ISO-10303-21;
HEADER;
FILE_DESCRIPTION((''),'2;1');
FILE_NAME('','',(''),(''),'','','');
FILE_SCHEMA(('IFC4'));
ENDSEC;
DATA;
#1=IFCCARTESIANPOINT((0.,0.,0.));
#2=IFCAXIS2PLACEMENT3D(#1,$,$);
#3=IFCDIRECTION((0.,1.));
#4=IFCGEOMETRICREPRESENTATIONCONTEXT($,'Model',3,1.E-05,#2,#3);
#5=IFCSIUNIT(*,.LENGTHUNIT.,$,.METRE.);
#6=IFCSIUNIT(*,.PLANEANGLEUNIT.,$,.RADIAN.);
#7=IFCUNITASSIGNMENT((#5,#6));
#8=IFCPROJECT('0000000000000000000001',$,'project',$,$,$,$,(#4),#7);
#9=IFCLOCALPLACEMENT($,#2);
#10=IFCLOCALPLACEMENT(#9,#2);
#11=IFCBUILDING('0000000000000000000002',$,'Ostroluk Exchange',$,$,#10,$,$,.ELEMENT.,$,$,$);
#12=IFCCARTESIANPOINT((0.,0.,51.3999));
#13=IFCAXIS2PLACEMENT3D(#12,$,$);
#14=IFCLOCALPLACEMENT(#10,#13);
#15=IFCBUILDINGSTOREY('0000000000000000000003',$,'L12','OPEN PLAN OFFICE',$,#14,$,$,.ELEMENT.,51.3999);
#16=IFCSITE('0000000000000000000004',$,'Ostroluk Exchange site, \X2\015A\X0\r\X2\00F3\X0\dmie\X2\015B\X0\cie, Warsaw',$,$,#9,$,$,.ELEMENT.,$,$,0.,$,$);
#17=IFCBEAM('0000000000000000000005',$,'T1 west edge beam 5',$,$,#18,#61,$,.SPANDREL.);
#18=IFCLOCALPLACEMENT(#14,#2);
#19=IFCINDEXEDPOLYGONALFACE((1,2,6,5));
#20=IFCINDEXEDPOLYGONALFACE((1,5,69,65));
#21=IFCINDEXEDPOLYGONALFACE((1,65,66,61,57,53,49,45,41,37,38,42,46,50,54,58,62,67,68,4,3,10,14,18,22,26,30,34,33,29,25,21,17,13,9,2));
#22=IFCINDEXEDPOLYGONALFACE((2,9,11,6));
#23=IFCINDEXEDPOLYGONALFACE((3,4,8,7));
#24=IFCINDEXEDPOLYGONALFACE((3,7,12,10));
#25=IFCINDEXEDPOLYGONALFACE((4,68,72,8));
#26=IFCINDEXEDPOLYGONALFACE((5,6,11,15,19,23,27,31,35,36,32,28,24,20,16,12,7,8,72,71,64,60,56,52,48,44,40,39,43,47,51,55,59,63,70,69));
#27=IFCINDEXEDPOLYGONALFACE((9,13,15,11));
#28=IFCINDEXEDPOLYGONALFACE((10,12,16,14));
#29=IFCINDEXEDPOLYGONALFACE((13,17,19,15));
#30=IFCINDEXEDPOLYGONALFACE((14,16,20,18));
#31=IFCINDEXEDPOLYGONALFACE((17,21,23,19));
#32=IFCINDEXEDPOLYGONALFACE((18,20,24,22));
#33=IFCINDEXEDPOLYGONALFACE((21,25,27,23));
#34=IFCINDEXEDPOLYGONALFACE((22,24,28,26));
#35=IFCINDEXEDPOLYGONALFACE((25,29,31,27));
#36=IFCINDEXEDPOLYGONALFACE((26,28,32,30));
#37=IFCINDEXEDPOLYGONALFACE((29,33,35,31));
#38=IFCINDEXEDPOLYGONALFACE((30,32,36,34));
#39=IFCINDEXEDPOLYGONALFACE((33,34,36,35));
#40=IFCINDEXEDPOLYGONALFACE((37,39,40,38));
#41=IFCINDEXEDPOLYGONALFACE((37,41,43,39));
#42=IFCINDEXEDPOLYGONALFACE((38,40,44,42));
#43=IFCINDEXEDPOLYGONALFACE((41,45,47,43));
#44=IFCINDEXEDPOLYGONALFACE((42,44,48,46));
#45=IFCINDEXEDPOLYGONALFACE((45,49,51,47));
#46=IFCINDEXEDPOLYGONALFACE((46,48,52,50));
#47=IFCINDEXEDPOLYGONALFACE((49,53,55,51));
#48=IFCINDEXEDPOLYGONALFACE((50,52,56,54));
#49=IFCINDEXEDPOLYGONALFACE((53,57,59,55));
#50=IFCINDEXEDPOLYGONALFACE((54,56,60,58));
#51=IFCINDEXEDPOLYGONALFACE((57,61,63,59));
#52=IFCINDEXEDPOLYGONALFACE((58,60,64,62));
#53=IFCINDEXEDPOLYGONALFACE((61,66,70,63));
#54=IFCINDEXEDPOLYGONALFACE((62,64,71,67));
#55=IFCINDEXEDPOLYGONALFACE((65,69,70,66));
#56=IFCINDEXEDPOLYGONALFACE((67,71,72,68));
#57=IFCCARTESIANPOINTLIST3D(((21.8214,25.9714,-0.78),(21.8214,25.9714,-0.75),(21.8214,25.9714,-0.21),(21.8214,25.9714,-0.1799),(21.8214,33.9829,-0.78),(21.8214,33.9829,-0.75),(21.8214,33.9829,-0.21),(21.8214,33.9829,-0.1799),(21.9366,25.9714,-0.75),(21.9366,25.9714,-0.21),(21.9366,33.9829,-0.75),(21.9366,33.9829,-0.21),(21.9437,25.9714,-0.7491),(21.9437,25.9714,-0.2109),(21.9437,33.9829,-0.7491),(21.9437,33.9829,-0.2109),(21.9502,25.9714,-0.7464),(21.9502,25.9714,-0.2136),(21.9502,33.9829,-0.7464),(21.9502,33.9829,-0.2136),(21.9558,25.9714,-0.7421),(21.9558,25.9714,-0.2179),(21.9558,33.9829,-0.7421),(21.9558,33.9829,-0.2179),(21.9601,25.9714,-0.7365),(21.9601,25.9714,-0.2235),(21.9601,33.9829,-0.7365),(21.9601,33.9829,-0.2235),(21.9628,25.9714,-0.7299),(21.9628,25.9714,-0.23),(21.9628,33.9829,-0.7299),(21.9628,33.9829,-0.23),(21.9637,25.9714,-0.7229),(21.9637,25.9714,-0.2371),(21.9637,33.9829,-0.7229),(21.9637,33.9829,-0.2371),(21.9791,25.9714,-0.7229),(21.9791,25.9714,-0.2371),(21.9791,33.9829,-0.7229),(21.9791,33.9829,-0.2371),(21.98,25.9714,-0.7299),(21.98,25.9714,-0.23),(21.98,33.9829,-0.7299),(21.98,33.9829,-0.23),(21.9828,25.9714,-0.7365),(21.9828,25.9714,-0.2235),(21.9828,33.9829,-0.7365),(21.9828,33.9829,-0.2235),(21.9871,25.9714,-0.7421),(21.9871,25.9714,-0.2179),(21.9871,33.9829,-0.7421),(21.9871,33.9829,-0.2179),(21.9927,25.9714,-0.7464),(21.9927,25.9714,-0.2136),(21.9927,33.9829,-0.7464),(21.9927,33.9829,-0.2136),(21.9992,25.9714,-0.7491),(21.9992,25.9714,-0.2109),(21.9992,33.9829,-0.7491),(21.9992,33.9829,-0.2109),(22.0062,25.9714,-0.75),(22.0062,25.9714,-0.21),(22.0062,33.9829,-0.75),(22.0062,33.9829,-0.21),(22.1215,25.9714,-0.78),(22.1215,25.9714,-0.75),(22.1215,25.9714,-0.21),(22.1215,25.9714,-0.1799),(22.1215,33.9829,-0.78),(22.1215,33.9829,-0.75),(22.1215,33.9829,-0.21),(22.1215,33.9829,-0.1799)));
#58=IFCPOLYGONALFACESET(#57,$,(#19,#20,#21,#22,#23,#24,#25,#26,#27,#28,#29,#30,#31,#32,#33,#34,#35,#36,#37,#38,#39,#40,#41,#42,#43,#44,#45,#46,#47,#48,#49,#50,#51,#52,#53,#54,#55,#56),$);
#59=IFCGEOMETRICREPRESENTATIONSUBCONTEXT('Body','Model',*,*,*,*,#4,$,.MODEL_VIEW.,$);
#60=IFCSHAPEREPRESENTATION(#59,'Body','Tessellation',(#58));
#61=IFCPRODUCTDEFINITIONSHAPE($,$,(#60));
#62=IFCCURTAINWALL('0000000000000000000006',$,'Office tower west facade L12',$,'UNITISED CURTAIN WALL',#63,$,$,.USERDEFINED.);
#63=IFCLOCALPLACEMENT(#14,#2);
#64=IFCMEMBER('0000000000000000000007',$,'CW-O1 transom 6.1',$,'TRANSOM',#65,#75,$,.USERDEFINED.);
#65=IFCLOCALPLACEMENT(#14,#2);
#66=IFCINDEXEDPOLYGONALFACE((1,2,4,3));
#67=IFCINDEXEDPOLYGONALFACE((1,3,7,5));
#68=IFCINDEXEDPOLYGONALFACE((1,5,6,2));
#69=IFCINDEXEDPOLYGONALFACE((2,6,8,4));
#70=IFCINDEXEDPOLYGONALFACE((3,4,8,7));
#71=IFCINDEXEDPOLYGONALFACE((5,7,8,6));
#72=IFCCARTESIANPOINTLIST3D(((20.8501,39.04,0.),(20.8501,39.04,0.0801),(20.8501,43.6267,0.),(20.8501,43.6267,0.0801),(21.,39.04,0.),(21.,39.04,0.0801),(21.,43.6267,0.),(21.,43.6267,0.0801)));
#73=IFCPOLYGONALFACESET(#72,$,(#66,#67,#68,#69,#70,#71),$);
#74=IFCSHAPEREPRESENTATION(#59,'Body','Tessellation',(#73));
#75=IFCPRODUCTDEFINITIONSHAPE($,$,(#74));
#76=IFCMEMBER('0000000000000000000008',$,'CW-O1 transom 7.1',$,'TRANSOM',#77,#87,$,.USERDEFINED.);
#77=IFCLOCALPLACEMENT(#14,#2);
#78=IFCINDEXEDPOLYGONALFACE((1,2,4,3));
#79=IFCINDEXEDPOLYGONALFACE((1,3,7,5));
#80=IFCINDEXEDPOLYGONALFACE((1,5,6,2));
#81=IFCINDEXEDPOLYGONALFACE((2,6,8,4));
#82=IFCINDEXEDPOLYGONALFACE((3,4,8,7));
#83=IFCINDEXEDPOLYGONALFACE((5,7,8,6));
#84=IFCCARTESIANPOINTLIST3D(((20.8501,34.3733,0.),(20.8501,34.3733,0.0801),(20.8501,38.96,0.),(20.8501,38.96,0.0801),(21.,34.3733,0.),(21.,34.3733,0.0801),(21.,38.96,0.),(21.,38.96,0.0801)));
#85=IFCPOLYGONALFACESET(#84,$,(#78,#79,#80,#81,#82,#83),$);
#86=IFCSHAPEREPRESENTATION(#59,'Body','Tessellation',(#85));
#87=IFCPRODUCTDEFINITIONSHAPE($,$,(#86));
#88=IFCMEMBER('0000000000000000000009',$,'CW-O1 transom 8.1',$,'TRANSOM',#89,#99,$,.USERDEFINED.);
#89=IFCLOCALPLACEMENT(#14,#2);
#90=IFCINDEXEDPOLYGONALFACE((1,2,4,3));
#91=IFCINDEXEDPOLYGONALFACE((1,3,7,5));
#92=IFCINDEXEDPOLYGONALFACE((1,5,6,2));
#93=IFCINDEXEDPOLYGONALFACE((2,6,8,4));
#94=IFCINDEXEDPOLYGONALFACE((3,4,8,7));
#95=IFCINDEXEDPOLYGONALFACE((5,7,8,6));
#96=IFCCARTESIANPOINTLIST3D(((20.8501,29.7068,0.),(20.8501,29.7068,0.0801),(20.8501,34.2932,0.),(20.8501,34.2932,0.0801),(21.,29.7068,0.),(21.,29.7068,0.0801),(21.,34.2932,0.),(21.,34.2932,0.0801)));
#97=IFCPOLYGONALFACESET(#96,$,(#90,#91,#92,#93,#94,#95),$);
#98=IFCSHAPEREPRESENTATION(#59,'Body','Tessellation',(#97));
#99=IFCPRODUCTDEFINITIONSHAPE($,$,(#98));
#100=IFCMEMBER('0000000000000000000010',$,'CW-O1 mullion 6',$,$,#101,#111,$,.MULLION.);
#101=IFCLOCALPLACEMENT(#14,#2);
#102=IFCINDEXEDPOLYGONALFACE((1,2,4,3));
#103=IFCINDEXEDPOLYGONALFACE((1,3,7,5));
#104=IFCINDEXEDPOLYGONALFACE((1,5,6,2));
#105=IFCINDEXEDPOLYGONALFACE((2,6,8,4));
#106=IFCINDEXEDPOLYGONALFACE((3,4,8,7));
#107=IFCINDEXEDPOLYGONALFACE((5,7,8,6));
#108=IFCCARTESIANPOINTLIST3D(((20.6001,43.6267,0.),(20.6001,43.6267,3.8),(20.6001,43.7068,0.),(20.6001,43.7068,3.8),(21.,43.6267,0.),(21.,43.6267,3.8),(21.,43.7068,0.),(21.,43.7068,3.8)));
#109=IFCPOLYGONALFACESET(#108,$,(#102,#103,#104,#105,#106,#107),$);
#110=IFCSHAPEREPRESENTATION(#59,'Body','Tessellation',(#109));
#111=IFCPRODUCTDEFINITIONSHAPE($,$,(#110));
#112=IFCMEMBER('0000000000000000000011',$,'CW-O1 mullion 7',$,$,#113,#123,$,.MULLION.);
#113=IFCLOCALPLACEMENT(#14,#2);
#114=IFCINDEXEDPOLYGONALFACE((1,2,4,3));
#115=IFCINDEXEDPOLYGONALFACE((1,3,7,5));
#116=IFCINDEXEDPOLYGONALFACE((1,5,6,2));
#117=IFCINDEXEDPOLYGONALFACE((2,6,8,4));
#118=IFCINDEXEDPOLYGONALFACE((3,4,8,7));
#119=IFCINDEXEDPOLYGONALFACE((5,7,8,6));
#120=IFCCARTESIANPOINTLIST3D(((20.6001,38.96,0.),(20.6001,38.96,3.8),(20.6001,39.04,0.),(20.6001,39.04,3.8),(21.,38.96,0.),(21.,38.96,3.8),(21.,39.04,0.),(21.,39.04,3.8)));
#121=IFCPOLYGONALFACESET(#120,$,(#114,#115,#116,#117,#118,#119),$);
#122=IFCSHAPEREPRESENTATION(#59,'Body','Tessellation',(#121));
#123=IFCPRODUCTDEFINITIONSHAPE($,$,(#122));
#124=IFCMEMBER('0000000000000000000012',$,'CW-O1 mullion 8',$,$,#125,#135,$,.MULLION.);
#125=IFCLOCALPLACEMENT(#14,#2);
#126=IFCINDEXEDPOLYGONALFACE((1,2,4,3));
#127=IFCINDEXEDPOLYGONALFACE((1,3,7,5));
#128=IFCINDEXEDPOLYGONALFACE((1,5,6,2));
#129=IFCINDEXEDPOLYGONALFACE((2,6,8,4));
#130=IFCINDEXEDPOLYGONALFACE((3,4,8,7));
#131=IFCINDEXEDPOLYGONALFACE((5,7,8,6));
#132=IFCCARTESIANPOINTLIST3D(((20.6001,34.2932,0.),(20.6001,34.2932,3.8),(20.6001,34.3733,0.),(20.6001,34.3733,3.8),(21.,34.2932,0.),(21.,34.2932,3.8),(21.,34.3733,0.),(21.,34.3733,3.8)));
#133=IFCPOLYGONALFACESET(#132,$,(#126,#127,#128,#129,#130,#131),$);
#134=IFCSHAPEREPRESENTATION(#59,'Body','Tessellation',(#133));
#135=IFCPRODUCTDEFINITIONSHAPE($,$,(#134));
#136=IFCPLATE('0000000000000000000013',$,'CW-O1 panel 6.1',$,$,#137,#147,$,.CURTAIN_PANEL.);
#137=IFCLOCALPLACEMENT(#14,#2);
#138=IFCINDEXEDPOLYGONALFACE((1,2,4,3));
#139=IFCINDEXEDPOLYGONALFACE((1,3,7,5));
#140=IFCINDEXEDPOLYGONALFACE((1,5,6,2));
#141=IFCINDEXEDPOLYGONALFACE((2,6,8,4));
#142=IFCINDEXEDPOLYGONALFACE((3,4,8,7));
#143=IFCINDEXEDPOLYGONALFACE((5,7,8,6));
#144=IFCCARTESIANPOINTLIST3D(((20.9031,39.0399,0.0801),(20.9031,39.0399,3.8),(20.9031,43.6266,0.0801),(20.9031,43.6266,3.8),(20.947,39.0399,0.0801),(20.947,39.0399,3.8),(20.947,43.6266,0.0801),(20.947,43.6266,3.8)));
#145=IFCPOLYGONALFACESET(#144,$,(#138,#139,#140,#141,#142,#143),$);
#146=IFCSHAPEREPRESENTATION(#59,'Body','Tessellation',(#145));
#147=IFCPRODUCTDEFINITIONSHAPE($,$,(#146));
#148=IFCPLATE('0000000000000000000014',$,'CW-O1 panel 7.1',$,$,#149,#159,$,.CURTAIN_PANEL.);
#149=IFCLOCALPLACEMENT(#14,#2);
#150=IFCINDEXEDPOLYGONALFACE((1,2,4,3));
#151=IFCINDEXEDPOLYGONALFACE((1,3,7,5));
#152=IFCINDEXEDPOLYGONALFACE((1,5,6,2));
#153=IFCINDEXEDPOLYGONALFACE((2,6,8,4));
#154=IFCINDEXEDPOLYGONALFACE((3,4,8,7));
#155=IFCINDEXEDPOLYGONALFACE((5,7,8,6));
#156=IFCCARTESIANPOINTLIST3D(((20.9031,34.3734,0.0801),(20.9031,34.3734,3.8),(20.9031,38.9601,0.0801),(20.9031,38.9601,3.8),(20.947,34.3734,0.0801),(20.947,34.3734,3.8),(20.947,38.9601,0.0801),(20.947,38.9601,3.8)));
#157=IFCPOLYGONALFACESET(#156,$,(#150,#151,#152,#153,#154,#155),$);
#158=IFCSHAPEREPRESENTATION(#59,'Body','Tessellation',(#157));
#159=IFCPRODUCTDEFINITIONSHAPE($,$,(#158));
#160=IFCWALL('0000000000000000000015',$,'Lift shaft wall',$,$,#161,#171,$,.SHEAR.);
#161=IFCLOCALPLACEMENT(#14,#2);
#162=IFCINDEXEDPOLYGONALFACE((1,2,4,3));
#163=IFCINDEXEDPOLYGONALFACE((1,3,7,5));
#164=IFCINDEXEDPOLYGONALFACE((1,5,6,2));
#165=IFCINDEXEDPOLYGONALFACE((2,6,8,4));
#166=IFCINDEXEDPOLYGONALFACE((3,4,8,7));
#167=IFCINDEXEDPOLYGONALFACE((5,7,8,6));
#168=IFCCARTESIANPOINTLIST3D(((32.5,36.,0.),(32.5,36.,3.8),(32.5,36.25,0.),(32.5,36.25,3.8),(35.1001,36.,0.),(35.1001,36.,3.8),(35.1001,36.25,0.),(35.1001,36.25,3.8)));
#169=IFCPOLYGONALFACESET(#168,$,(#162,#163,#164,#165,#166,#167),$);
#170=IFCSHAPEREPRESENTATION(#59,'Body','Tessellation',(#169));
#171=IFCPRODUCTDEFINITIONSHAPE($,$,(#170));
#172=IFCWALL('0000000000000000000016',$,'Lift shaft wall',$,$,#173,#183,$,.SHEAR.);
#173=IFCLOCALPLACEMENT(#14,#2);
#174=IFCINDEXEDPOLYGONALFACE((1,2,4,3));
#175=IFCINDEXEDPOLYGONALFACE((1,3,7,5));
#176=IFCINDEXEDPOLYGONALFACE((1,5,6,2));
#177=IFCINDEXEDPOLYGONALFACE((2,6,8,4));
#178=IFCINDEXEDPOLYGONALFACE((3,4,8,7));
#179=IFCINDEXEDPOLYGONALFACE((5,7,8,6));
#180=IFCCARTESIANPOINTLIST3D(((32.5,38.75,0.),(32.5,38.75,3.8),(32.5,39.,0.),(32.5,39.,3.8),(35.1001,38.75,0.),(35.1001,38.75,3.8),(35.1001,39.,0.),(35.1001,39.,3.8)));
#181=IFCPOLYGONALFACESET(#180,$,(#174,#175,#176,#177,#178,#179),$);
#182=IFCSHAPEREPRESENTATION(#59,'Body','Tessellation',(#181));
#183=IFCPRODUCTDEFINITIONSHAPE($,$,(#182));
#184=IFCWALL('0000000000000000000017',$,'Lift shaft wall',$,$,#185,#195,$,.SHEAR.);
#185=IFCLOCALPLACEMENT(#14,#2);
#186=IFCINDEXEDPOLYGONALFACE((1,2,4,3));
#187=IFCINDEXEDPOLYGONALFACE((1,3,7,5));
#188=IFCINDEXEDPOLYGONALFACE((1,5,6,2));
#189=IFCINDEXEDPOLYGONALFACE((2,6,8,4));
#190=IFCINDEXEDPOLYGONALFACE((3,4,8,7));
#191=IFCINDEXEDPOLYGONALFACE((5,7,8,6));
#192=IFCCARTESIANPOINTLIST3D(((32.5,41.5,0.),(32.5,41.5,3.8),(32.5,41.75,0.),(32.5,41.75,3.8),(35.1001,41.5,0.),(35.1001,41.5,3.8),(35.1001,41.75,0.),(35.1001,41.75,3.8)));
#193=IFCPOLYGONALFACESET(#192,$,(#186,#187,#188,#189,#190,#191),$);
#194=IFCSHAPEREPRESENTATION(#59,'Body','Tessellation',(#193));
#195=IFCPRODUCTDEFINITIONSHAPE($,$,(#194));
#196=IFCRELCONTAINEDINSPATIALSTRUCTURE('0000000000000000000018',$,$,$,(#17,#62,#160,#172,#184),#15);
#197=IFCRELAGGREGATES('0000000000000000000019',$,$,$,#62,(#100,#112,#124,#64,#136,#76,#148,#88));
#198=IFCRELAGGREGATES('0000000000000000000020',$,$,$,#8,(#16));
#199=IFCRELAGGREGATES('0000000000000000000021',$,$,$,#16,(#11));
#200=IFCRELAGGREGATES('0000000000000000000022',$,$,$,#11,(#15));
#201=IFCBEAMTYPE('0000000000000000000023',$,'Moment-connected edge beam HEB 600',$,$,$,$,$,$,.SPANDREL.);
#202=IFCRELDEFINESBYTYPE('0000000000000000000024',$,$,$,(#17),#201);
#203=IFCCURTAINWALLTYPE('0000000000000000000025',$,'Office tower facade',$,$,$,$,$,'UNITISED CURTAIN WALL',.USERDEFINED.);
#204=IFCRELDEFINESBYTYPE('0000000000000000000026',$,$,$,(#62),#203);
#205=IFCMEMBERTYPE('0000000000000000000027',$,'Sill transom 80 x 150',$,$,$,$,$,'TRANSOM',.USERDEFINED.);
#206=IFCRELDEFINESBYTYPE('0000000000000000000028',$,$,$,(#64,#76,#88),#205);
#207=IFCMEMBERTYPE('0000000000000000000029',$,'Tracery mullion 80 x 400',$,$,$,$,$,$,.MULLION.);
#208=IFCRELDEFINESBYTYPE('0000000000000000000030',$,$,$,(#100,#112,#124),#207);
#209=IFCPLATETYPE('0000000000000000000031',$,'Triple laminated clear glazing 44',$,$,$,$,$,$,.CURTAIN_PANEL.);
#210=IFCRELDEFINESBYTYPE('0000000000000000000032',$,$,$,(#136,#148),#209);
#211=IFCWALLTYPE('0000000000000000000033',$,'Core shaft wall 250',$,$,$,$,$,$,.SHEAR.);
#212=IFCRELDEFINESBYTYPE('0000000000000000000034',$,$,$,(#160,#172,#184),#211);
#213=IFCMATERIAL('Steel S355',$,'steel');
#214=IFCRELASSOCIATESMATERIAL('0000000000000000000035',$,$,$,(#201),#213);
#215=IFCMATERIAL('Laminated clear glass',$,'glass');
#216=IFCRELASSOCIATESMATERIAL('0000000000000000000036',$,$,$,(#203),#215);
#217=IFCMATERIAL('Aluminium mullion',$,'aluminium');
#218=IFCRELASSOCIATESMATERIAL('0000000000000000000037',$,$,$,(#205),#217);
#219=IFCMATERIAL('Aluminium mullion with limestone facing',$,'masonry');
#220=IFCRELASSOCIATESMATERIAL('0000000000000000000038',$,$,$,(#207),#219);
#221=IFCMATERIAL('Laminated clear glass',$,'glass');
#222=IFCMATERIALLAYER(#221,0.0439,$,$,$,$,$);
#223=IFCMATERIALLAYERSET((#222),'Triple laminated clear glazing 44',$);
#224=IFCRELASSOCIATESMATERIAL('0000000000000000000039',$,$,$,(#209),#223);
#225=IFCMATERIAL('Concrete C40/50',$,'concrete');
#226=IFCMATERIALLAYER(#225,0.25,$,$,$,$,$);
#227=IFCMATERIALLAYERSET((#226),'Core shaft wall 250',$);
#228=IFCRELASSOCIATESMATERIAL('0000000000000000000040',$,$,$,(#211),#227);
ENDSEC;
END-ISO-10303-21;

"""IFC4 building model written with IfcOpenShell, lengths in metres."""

from ifc_helpers import new_model, si_unit, direction, frame, frame_2d, origin, origin_2d, place, context, subcontext, project, spatial, rectangle, i_section, extrude, material, layer, layer_set, material_profile, profile_set, type_object, element, aggregate, save


model = new_model("IFC4")

# Units and contexts
model_context = context("Model", 3, precision=1e-05, world=origin(), true_north=direction((0.0, 1.0)))
body_context = subcontext(model_context, "Body", "Model", "MODEL_VIEW")
ifc_project = project(units=[si_unit("LENGTHUNIT", "METRE"), si_unit("PLANEANGLEUNIT", "RADIAN")], contexts=[model_context])

# Site, building, storey
site_placement = place(None, origin())
site = spatial("IfcSite", under=ifc_project, at=site_placement, Name="Ostroluk Exchange site, Śródmieście, Warsaw", CompositionType="ELEMENT", RefElevation=0.0)
building_placement = place(site_placement, origin())
building = spatial("IfcBuilding", under=site, at=building_placement, Name="Ostroluk Exchange", CompositionType="ELEMENT")
storey_placement = place(building_placement, frame((0.0, 0.0, 51.3999)))
storey = spatial("IfcBuildingStorey", under=building, at=storey_placement, Name="L12", Description="OPEN PLAN OFFICE", CompositionType="ELEMENT", Elevation=51.3999)

# Beam
ifc_material_1 = material(Name="Steel S355", Category="steel")
ifc_material_profile_1 = material_profile(ifc_material_1, i_section(OverallWidth=0.3, OverallDepth=0.6001, WebThickness=0.0154, FlangeThickness=0.03, FilletRadius=0.0271, at=origin_2d()), Name="HEB 600")
ifc_profile_set_1 = profile_set([ifc_material_profile_1], Name="Steel S355")
beam_type_1 = type_object("IfcBeamType", Name="Moment-connected edge beam HEB 600", PredefinedType="SPANDREL", material=ifc_profile_set_1)
for number, where, z_axis, x_axis, name in (
    (1, (21.9714, 33.9829, -0.48), (0.0, -1.0, 0.0), (1.0, 0.0, 0.0), "T1 west edge beam 5"),
):
    element("IfcBeam", number, at=place(storey_placement, frame(where, z_axis=z_axis, x_axis=x_axis)), inside=storey, type_object=beam_type_1, Name=name, PredefinedType="SPANDREL", context=body_context, shape_type="SweptSolid", body=[
        extrude(i_section(OverallWidth=0.3, OverallDepth=0.6001, WebThickness=0.0154, FlangeThickness=0.03, FilletRadius=0.0271, at=origin_2d()), origin(), (0.0, 0.0, 1.0), 8.0115),
    ])

# Curtain wall, members, plates
ifc_material_2 = material(Name="Laminated clear glass", Category="glass")
curtain_wall_type = type_object("IfcCurtainWallType", Name="Office tower facade", ElementType="UNITISED CURTAIN WALL", PredefinedType="USERDEFINED", material=ifc_material_2)
curtain_wall_placement = place(storey_placement, origin())
curtain_wall = element("IfcCurtainWall", 2, at=curtain_wall_placement, inside=storey, type_object=curtain_wall_type, Name="Office tower west facade L12", ObjectType="UNITISED CURTAIN WALL", PredefinedType="USERDEFINED")
ifc_material_3 = material(Name="Aluminium mullion", Category="aluminium")
ifc_material_profile_2 = material_profile(ifc_material_3, rectangle(XDim=0.1499, YDim=0.0801, at=origin_2d()), Name="Sill transom 80 x 150")
ifc_profile_set_2 = profile_set([ifc_material_profile_2], Name="Aluminium mullion")
member_type_1 = type_object("IfcMemberType", Name="Sill transom 80 x 150", ElementType="TRANSOM", PredefinedType="USERDEFINED", material=ifc_profile_set_2)
member_1_placement = place(storey_placement, frame((20.925, 43.6267, 0.04), z_axis=(0.0, -1.0, 0.0), x_axis=(1.0, 0.0, 0.0)))
member_1 = element("IfcMember", 3, at=member_1_placement, type_object=member_type_1, Name="CW-O1 transom 6.1", ObjectType="TRANSOM", PredefinedType="USERDEFINED", context=body_context, shape_type="SweptSolid", body=[
    extrude(rectangle(XDim=0.1499, YDim=0.0801, at=origin_2d()), origin(), (0.0, 0.0, 1.0), 4.5867),
])
member_2_placement = place(storey_placement, frame((20.925, 38.96, 0.04), z_axis=(0.0, -1.0, 0.0), x_axis=(1.0, 0.0, 0.0)))
member_2 = element("IfcMember", 4, at=member_2_placement, type_object=member_type_1, Name="CW-O1 transom 7.1", ObjectType="TRANSOM", PredefinedType="USERDEFINED", context=body_context, shape_type="SweptSolid", body=[
    extrude(rectangle(XDim=0.1499, YDim=0.0801, at=origin_2d()), origin(), (0.0, 0.0, 1.0), 4.5867),
])
member_3_placement = place(storey_placement, frame((20.925, 34.2932, 0.04), z_axis=(0.0, -1.0, 0.0), x_axis=(1.0, 0.0, 0.0)))
member_3 = element("IfcMember", 5, at=member_3_placement, type_object=member_type_1, Name="CW-O1 transom 8.1", ObjectType="TRANSOM", PredefinedType="USERDEFINED", context=body_context, shape_type="SweptSolid", body=[
    extrude(rectangle(XDim=0.1499, YDim=0.0801, at=origin_2d()), origin(), (0.0, 0.0, 1.0), 4.5864),
])
ifc_material_4 = material(Name="Aluminium mullion with limestone facing", Category="masonry")
ifc_material_profile_3 = material_profile(ifc_material_4, rectangle(XDim=0.3999, YDim=0.0801, at=origin_2d()), Name="Tracery mullion 80 x 400")
ifc_profile_set_3 = profile_set([ifc_material_profile_3], Name="Aluminium mullion with limestone facing")
member_type_2 = type_object("IfcMemberType", Name="Tracery mullion 80 x 400", PredefinedType="MULLION", material=ifc_profile_set_3)
member_4_placement = place(storey_placement, frame((20.8, 43.6667, 0.0), z_axis=(0.0, 0.0, 1.0), x_axis=(1.0, 0.0, 0.0)))
member_4 = element("IfcMember", 6, at=member_4_placement, type_object=member_type_2, Name="CW-O1 mullion 6", PredefinedType="MULLION", context=body_context, shape_type="SweptSolid", body=[
    extrude(rectangle(XDim=0.3999, YDim=0.0801, at=origin_2d()), origin(), (0.0, 0.0, 1.0), 3.8),
])
member_5_placement = place(storey_placement, frame((20.8, 39.0, 0.0), z_axis=(0.0, 0.0, 1.0), x_axis=(1.0, 0.0, 0.0)))
member_5 = element("IfcMember", 7, at=member_5_placement, type_object=member_type_2, Name="CW-O1 mullion 7", PredefinedType="MULLION", context=body_context, shape_type="SweptSolid", body=[
    extrude(rectangle(XDim=0.3999, YDim=0.0801, at=origin_2d()), origin(), (0.0, 0.0, 1.0), 3.8),
])
member_6_placement = place(storey_placement, frame((20.8, 34.3333, 0.0), z_axis=(0.0, 0.0, 1.0), x_axis=(1.0, 0.0, 0.0)))
member_6 = element("IfcMember", 8, at=member_6_placement, type_object=member_type_2, Name="CW-O1 mullion 8", PredefinedType="MULLION", context=body_context, shape_type="SweptSolid", body=[
    extrude(rectangle(XDim=0.3999, YDim=0.0801, at=origin_2d()), origin(), (0.0, 0.0, 1.0), 3.8),
])
ifc_material_5 = material(Name="Laminated clear glass", Category="glass")
ifc_layer_1 = layer(ifc_material_5, 0.0439)
ifc_layer_set_1 = layer_set([ifc_layer_1], Name="Triple laminated clear glazing 44")
plate_type = type_object("IfcPlateType", Name="Triple laminated clear glazing 44", PredefinedType="CURTAIN_PANEL", material=ifc_layer_set_1)
plate_1_placement = place(storey_placement, frame((20.925, 41.3333, 0.0801), z_axis=(0.0, 0.0, 1.0), x_axis=(0.0, -1.0, 0.0)))
plate_1 = element("IfcPlate", 9, at=plate_1_placement, type_object=plate_type, Name="CW-O1 panel 6.1", PredefinedType="CURTAIN_PANEL", context=body_context, shape_type="SweptSolid", body=[
    extrude(rectangle(XDim=4.5867, YDim=0.0439, at=origin_2d()), origin(), (0.0, 0.0, 1.0), 3.72),
])
plate_2_placement = place(storey_placement, frame((20.925, 36.6667, 0.0801), z_axis=(0.0, 0.0, 1.0), x_axis=(0.0, -1.0, 0.0)))
plate_2 = element("IfcPlate", 10, at=plate_2_placement, type_object=plate_type, Name="CW-O1 panel 7.1", PredefinedType="CURTAIN_PANEL", context=body_context, shape_type="SweptSolid", body=[
    extrude(rectangle(XDim=4.5867, YDim=0.0439, at=origin_2d()), origin(), (0.0, 0.0, 1.0), 3.72),
])
aggregate(curtain_wall, [member_4, member_5, member_6, member_1, plate_1, member_2, plate_2, member_3])

# Walls
ifc_material_6 = material(Name="Concrete C40/50", Category="concrete")
ifc_layer_2 = layer(ifc_material_6, 0.25)
ifc_layer_set_2 = layer_set([ifc_layer_2], Name="Core shaft wall 250")
wall_type_1 = type_object("IfcWallType", Name="Core shaft wall 250", PredefinedType="SHEAR", material=ifc_layer_set_2)
for number, where, z_axis, x_axis, name in (
    (11, (32.5, 36.125, 0.0), (0.0, 0.0, 1.0), (1.0, 0.0, 0.0), "Lift shaft wall"),
    (12, (32.5, 38.875, 0.0), (0.0, 0.0, 1.0), (1.0, 0.0, 0.0), "Lift shaft wall"),
    (13, (32.5, 41.625, 0.0), (0.0, 0.0, 1.0), (1.0, 0.0, 0.0), "Lift shaft wall"),
):
    element("IfcWall", number, at=place(storey_placement, frame(where, z_axis=z_axis, x_axis=x_axis)), inside=storey, type_object=wall_type_1, Name=name, PredefinedType="SHEAR", context=body_context, shape_type="SweptSolid", body=[
        extrude(rectangle(XDim=2.6001, YDim=0.25, at=frame_2d((1.3, 0.0))), origin(), (0.0, 0.0, 1.0), 3.8),
    ])

save(model, "model.ifc")
